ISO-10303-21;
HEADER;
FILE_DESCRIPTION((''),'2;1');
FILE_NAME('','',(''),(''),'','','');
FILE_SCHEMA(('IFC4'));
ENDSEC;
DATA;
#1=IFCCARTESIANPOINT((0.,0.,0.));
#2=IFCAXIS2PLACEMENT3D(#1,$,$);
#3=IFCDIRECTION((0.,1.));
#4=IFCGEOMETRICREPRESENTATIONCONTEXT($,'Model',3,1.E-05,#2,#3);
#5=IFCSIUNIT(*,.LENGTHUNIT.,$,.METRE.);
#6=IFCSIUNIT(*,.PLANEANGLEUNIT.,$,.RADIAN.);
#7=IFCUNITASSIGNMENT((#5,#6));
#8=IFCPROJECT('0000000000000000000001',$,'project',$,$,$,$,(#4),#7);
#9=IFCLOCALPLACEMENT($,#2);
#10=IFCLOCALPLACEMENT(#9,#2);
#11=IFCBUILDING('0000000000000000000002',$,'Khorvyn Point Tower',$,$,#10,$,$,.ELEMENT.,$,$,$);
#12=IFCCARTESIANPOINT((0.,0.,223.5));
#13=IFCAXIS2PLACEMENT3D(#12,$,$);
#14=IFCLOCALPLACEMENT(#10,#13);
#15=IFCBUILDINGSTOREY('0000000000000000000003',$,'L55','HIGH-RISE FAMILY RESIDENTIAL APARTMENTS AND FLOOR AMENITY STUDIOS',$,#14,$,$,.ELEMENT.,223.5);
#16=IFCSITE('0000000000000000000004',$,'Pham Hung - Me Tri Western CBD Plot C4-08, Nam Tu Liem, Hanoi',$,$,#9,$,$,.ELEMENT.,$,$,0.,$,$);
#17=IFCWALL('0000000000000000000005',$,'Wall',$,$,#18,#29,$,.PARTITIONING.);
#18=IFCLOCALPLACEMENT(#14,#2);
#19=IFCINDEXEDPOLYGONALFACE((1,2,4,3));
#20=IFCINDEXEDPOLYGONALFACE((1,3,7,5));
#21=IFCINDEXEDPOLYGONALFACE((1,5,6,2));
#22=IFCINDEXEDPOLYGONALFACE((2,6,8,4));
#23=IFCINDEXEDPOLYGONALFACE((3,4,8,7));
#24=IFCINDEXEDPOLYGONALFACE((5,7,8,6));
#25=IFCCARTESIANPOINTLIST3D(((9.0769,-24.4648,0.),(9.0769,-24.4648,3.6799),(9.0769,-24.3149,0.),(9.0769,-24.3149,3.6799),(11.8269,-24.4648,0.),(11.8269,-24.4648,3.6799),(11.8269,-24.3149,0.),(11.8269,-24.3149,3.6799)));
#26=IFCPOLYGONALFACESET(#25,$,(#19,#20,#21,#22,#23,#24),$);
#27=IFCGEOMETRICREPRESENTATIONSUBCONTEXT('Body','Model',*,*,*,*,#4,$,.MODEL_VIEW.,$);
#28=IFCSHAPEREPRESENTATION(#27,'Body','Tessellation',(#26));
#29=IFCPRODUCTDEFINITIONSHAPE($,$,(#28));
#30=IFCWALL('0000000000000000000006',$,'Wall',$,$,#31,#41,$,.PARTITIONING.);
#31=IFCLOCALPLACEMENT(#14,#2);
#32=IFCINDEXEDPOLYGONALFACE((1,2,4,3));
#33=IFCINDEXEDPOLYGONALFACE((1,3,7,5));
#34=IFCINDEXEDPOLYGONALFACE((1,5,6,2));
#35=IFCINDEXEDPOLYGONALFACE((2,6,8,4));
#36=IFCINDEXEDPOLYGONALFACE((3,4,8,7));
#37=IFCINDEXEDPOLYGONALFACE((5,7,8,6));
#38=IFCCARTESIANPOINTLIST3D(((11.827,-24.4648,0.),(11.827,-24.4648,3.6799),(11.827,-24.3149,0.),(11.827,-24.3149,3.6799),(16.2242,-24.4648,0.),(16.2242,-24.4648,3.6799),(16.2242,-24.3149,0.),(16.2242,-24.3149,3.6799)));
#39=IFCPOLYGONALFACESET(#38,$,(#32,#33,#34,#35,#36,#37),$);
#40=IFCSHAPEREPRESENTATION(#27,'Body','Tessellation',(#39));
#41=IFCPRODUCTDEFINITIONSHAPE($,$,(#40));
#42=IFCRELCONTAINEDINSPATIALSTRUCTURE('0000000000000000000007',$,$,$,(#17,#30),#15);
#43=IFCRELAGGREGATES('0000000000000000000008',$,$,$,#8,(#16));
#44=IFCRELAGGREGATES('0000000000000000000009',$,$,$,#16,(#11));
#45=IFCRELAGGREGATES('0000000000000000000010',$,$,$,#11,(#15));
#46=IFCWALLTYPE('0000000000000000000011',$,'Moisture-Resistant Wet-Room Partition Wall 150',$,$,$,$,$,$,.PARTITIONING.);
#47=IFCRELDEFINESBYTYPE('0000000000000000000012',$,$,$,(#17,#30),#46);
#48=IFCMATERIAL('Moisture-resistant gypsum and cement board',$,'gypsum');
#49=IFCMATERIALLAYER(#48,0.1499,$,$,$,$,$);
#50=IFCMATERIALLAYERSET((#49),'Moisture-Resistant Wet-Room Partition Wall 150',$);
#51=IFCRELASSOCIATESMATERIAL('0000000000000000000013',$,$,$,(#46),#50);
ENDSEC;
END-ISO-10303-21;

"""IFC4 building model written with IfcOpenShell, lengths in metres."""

from ifc_helpers import new_model, si_unit, direction, frame, frame_2d, origin, place, context, subcontext, project, spatial, rectangle, extrude, material, layer, layer_set, type_object, element, save


model = new_model("IFC4")

# Units and contexts
model_context = context("Model", 3, precision=1e-05, world=origin(), true_north=direction((0.0, 1.0)))
body_context = subcontext(model_context, "Body", "Model", "MODEL_VIEW")
ifc_project = project(units=[si_unit("LENGTHUNIT", "METRE"), si_unit("PLANEANGLEUNIT", "RADIAN")], contexts=[model_context])

# Site, building, storey
site_placement = place(None, origin())
site = spatial("IfcSite", under=ifc_project, at=site_placement, Name="Pham Hung - Me Tri Western CBD Plot C4-08, Nam Tu Liem, Hanoi", CompositionType="ELEMENT", RefElevation=0.0)
building_placement = place(site_placement, origin())
building = spatial("IfcBuilding", under=site, at=building_placement, Name="Khorvyn Point Tower", CompositionType="ELEMENT")
storey_placement = place(building_placement, frame((0.0, 0.0, 223.5)))
storey = spatial("IfcBuildingStorey", under=building, at=storey_placement, Name="L55", Description="HIGH-RISE FAMILY RESIDENTIAL APARTMENTS AND FLOOR AMENITY STUDIOS", CompositionType="ELEMENT", Elevation=223.5)

# Shared definitions
ifc_material_1 = material(Name="Moisture-resistant gypsum and cement board", Category="gypsum")
ifc_layer_1 = layer(ifc_material_1, 0.1499)
ifc_layer_set_1 = layer_set([ifc_layer_1], Name="Moisture-Resistant Wet-Room Partition Wall 150")
wall_type_1 = type_object("IfcWallType", Name="Moisture-Resistant Wet-Room Partition Wall 150", PredefinedType="PARTITIONING", material=ifc_layer_set_1)

# Walls
wall_1_placement = place(storey_placement, frame((9.0769, -24.3899, 0.0), z_axis=(0.0, 0.0, 1.0), x_axis=(1.0, 0.0, 0.0)))
element("IfcWall", 1, at=wall_1_placement, inside=storey, type_object=wall_type_1, Name="Wall", PredefinedType="PARTITIONING", context=body_context, shape_type="SweptSolid", body=[
    extrude(rectangle(XDim=2.75, YDim=0.1499, at=frame_2d((1.375, 0.0))), origin(), (0.0, 0.0, 1.0), 3.6799),
])
wall_2_placement = place(storey_placement, frame((11.8269, -24.3899, 0.0), z_axis=(0.0, 0.0, 1.0), x_axis=(1.0, 0.0, 0.0)))
element("IfcWall", 2, at=wall_2_placement, inside=storey, type_object=wall_type_1, Name="Wall", PredefinedType="PARTITIONING", context=body_context, shape_type="SweptSolid", body=[
    extrude(rectangle(XDim=4.3972, YDim=0.1499, at=frame_2d((2.1987, 0.0))), origin(), (0.0, 0.0, 1.0), 3.6799),
])

save(model, "model.ifc")
